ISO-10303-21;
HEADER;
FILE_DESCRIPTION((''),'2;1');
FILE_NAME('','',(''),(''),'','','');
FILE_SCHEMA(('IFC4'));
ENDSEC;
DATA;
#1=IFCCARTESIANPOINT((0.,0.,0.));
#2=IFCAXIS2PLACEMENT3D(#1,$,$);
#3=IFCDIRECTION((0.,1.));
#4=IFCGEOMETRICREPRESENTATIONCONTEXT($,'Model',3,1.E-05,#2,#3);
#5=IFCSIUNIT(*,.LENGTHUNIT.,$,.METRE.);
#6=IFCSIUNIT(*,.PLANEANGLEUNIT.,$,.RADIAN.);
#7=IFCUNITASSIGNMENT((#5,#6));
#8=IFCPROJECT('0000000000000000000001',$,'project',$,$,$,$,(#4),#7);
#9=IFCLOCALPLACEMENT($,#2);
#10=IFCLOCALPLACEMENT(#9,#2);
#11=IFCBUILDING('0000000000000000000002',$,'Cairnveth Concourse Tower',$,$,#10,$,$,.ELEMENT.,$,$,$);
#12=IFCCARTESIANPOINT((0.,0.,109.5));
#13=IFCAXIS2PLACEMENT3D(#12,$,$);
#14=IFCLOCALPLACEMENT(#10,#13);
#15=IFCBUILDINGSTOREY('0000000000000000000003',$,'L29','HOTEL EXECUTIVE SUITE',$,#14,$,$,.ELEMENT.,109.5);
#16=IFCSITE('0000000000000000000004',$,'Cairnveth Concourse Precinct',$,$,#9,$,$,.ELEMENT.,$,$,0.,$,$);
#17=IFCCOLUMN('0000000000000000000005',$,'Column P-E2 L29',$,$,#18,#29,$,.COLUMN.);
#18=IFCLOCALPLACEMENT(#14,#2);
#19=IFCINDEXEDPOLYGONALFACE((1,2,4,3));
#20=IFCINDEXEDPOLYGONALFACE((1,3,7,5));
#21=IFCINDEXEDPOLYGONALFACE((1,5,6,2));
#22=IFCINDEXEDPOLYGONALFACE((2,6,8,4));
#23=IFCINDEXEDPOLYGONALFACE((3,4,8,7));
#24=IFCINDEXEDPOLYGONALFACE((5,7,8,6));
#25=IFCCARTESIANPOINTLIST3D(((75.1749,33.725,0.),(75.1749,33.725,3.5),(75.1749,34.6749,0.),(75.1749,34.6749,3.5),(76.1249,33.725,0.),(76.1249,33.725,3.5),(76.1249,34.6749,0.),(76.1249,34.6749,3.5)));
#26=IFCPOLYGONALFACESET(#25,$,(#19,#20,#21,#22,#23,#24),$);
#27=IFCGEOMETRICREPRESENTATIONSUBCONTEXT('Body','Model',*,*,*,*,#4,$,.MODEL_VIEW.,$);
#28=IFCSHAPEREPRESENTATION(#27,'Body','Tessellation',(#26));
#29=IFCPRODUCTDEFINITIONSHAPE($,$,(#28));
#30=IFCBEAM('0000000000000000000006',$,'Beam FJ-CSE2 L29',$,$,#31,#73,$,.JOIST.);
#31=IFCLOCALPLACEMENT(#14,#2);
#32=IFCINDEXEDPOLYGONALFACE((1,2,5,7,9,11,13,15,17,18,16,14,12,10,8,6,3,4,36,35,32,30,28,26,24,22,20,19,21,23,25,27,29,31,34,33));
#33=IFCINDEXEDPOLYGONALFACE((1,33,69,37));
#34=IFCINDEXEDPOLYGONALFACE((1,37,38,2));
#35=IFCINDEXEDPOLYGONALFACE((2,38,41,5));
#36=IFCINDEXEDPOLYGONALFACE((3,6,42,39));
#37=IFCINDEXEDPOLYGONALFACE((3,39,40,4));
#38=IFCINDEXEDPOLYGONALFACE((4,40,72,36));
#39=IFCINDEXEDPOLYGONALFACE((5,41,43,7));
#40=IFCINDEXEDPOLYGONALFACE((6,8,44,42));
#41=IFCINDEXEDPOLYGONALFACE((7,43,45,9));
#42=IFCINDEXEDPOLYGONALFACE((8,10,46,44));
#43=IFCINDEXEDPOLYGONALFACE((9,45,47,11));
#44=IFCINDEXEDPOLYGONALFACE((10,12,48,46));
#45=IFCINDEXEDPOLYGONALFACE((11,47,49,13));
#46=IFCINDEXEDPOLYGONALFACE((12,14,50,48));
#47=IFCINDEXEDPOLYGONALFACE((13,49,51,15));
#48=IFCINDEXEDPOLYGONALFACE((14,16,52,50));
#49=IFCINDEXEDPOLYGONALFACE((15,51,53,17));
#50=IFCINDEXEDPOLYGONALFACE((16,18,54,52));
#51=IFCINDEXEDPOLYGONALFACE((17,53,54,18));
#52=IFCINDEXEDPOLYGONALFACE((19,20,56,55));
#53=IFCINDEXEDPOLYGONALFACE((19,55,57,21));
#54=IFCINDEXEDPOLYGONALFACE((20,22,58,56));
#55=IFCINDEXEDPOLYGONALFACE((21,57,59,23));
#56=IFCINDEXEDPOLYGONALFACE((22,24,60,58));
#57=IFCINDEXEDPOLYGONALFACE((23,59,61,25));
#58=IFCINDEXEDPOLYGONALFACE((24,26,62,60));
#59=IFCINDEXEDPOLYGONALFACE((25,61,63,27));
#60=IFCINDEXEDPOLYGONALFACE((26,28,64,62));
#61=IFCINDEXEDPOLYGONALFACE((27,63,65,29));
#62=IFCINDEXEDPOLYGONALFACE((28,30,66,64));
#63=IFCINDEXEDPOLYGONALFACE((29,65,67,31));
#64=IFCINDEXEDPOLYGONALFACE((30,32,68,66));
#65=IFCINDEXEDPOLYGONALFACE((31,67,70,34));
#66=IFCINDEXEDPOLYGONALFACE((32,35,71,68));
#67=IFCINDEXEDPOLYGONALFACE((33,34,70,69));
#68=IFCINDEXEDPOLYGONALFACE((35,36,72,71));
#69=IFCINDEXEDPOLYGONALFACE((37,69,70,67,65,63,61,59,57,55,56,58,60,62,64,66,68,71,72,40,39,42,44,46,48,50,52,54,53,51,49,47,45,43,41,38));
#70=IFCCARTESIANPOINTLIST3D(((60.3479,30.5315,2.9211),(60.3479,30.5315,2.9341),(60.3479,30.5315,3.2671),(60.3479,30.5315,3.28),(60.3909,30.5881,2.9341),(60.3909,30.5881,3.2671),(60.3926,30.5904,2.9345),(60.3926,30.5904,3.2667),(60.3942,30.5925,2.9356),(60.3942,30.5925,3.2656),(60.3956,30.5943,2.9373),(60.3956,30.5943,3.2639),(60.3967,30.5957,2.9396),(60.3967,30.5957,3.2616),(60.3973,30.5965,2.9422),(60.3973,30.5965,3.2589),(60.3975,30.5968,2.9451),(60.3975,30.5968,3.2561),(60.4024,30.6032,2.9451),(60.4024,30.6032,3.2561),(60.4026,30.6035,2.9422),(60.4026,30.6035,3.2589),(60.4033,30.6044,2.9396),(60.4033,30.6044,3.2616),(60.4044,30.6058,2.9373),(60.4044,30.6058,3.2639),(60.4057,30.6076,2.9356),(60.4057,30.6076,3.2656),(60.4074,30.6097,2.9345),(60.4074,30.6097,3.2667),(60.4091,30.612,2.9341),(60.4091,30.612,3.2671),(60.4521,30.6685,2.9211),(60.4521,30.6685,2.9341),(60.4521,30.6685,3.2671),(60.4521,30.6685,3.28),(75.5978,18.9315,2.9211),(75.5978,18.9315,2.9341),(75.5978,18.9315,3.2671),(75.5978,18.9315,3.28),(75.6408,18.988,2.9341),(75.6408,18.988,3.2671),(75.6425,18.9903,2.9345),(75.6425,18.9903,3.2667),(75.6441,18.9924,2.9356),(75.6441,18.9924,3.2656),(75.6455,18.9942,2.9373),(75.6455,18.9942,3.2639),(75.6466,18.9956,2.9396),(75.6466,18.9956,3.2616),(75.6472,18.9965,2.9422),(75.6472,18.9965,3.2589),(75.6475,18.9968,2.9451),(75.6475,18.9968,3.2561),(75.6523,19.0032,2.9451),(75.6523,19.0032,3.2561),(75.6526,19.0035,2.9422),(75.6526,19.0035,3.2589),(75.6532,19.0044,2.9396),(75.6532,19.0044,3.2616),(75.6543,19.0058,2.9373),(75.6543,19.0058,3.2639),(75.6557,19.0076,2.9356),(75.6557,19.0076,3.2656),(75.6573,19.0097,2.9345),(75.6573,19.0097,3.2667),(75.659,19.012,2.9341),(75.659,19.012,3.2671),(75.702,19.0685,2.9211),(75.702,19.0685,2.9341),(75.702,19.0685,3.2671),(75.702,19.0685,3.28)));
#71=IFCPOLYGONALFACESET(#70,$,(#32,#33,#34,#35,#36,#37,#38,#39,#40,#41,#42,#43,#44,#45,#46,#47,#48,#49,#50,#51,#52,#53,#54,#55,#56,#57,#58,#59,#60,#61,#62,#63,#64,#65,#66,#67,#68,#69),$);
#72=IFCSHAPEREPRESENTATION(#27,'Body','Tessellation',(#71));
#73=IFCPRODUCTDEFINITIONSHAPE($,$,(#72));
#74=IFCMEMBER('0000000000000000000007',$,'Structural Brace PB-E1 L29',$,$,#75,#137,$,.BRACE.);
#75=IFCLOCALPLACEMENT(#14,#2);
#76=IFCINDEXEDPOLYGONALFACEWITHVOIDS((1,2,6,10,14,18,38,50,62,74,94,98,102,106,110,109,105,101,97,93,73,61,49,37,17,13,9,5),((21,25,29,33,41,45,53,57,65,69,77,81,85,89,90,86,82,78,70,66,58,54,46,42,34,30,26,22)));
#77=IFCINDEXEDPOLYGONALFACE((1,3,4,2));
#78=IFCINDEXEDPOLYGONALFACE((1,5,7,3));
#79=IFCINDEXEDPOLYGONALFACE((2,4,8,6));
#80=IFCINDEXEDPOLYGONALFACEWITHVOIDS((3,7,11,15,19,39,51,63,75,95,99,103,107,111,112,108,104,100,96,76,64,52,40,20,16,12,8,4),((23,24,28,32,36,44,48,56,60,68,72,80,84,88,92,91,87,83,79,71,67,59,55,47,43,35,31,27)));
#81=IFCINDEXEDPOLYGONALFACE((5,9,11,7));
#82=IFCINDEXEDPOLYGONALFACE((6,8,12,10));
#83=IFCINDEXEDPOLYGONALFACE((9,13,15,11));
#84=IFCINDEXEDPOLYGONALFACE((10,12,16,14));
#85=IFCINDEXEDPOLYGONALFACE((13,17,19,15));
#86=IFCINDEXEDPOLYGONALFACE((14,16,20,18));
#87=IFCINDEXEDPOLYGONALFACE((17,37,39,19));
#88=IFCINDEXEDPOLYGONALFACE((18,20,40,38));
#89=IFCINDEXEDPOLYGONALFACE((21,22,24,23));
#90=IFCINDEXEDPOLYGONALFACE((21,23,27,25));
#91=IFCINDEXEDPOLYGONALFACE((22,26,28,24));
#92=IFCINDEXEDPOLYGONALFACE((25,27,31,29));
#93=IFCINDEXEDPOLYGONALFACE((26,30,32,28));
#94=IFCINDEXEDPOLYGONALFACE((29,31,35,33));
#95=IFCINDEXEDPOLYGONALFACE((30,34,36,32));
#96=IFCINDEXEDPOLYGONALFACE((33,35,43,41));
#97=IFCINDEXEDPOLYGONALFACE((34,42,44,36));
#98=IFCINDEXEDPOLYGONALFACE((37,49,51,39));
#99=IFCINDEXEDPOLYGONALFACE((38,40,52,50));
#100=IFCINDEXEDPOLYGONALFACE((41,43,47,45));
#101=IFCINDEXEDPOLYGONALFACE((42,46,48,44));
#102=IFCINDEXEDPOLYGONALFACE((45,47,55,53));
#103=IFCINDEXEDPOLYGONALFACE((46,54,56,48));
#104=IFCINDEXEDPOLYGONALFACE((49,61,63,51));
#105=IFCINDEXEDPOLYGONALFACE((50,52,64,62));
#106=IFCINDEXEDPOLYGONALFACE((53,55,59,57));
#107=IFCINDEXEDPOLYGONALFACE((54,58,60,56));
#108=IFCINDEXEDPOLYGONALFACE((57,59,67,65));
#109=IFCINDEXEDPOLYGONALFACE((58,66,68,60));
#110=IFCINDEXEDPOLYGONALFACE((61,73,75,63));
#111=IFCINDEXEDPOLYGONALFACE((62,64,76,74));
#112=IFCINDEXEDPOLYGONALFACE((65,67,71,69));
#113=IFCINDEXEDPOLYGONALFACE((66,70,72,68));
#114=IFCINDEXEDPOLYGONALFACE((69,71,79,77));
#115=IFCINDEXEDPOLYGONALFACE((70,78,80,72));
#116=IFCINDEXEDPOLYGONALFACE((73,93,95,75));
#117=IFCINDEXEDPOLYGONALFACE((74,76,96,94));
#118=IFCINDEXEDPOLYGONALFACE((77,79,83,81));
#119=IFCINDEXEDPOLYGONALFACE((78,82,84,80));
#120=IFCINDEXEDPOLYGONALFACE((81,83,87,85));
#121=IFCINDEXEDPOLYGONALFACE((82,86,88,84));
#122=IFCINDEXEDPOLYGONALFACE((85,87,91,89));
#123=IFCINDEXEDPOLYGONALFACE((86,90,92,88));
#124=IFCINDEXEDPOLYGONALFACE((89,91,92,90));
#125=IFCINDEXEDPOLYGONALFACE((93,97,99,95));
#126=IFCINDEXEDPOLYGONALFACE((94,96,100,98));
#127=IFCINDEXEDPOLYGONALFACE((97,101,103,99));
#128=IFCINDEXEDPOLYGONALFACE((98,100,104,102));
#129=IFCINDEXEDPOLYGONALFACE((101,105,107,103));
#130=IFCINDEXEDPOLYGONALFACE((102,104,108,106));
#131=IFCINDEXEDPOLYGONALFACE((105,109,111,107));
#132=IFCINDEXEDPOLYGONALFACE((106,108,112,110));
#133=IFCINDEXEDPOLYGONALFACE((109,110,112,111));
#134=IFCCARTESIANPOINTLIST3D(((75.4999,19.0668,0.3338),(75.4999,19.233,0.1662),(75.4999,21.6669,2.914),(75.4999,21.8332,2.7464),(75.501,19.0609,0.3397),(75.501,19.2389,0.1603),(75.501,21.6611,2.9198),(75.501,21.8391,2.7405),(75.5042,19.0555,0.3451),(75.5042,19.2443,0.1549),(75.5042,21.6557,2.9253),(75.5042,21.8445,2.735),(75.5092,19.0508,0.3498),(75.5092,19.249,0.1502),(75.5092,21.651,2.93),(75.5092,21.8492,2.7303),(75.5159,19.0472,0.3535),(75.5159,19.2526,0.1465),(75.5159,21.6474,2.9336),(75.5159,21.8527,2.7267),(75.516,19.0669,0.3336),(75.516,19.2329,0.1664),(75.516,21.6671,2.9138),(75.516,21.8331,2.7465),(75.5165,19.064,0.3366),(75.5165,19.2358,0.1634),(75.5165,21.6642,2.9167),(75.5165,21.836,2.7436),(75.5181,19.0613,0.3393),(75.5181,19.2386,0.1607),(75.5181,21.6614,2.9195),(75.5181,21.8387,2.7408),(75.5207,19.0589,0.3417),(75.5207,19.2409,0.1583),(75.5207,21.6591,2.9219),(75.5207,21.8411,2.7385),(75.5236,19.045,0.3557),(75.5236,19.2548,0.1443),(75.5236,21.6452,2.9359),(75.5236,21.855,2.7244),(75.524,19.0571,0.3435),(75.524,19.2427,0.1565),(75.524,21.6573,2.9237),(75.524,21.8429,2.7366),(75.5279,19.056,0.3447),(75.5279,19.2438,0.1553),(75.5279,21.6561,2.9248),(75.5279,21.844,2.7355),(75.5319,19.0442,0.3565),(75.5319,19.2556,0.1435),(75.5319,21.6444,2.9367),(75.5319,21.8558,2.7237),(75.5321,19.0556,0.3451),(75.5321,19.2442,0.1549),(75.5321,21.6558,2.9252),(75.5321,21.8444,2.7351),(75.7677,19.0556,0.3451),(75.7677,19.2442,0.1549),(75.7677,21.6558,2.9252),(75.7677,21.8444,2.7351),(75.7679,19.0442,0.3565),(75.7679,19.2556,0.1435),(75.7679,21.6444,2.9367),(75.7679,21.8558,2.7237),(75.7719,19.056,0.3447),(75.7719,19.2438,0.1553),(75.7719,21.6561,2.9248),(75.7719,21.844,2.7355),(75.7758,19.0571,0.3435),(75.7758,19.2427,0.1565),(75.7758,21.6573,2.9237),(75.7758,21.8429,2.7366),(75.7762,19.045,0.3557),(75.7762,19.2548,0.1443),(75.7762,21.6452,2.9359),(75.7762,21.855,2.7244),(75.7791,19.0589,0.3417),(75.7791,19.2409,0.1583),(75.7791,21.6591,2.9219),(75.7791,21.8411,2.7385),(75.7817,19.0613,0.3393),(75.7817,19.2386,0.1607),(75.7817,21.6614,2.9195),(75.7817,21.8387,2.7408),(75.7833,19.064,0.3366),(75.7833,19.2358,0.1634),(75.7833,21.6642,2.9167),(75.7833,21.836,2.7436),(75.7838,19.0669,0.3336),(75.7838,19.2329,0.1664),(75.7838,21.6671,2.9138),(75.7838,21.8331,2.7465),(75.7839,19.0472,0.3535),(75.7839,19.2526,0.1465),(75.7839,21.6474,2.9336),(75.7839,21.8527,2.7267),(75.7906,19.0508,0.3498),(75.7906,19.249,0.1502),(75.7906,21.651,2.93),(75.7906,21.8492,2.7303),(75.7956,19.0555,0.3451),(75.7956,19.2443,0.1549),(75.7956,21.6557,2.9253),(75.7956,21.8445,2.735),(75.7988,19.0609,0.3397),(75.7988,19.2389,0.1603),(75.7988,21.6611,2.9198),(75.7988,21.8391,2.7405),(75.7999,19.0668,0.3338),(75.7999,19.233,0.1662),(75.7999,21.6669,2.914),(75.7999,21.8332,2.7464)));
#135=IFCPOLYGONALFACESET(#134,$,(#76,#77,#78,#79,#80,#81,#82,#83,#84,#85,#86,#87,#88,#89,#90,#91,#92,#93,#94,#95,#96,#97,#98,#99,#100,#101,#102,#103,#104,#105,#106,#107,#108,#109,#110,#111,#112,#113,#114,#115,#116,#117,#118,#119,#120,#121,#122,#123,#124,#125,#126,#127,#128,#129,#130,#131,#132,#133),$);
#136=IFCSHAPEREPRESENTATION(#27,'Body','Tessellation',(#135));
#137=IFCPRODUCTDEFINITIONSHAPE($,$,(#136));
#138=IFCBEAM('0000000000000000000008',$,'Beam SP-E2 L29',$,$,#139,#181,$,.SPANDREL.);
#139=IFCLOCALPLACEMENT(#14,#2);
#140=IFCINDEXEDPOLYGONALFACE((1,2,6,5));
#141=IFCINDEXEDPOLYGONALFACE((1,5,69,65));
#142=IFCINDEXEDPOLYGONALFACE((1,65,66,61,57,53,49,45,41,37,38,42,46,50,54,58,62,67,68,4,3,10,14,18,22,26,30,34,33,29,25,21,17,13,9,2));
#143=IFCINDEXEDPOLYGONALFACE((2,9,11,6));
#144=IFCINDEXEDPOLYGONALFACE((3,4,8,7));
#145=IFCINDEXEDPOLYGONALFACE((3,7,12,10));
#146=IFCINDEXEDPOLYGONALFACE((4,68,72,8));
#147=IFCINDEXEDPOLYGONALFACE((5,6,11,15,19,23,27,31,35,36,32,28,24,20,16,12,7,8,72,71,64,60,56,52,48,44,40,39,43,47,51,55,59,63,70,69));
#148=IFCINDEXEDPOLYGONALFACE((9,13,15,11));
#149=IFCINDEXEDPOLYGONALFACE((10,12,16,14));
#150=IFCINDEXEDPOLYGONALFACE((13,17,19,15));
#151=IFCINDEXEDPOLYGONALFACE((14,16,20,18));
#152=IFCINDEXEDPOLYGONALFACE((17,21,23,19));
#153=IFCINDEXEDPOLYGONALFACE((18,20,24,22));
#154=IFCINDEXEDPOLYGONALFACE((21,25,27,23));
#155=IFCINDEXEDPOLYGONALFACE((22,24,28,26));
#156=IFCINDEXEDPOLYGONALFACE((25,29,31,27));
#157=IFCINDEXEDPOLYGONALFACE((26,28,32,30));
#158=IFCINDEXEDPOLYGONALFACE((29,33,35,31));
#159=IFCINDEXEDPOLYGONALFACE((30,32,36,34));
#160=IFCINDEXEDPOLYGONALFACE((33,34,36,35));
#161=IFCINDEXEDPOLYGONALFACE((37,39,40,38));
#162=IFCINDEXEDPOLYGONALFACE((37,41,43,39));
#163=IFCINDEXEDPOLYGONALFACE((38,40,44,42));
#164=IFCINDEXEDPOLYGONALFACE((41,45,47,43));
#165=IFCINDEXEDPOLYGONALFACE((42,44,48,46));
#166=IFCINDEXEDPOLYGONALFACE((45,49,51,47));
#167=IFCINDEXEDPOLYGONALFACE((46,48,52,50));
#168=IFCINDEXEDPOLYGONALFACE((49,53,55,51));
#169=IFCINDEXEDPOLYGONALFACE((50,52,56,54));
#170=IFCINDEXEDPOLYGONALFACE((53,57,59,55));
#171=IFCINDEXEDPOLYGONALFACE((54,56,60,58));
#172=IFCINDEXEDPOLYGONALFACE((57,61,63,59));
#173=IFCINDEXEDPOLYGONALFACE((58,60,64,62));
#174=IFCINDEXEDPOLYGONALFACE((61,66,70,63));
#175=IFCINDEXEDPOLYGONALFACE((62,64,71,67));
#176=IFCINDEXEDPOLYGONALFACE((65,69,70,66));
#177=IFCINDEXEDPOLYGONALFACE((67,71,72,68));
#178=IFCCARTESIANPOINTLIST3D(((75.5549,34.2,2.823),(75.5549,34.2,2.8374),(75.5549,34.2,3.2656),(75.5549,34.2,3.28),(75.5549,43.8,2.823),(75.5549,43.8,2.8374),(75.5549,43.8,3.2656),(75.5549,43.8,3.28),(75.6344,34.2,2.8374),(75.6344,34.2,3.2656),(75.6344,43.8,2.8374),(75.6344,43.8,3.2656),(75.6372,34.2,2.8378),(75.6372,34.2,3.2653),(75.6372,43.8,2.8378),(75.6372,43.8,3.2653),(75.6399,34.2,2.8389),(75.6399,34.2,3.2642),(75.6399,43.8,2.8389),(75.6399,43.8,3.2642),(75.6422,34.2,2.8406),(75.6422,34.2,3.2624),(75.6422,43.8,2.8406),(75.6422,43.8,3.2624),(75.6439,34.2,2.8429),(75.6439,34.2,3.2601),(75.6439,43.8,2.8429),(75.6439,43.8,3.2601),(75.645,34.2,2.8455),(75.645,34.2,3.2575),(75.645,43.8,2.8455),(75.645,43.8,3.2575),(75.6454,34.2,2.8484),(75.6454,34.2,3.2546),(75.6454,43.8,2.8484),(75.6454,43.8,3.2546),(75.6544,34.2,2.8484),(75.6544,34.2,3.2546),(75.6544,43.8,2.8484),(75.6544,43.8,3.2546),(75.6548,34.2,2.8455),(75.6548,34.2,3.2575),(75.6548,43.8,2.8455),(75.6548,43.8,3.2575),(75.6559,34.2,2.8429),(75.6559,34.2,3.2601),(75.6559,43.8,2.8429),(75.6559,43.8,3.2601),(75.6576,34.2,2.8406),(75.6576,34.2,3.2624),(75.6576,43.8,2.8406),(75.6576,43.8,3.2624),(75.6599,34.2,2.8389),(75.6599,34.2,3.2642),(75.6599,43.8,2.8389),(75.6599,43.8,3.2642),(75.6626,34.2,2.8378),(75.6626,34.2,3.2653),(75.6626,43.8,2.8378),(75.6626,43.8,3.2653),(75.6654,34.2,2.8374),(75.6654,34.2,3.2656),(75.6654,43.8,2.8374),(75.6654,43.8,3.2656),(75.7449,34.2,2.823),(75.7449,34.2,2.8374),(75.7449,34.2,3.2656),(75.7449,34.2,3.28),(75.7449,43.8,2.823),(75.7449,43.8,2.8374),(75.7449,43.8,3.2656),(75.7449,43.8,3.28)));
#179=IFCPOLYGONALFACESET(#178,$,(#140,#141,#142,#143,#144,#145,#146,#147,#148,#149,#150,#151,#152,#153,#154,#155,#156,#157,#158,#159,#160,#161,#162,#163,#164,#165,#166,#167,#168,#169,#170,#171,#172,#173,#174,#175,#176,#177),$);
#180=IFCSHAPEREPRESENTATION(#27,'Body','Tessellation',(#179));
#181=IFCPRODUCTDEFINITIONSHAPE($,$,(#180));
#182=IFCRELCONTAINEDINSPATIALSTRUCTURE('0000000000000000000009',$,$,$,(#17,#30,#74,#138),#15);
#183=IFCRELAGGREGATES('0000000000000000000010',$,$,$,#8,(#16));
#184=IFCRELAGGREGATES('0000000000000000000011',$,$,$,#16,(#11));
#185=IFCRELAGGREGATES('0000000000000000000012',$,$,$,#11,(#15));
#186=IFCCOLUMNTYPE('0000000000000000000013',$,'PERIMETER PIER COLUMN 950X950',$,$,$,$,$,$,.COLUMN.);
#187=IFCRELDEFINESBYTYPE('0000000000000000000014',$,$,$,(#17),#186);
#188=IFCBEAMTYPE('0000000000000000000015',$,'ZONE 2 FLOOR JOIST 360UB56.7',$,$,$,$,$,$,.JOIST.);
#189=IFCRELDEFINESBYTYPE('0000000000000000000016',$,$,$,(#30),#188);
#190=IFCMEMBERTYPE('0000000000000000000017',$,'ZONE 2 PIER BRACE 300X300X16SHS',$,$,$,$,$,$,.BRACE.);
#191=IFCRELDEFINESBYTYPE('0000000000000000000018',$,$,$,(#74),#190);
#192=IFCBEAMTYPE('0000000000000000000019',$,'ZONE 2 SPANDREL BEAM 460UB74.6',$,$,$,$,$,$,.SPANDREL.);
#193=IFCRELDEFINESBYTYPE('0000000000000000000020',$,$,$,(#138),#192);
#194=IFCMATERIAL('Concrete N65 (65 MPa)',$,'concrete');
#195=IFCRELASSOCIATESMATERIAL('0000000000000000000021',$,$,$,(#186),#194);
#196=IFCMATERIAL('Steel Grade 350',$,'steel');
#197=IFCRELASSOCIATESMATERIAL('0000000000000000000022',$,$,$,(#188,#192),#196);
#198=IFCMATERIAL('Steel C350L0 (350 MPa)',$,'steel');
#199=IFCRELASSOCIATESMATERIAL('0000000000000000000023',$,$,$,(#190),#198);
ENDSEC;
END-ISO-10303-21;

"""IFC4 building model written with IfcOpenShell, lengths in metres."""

from ifc_helpers import new_model, si_unit, direction, frame, origin, origin_2d, place, context, subcontext, project, spatial, rectangle, hollow_rectangle, i_section, extrude, material, material_profile, profile_set, type_object, element, save


model = new_model("IFC4")

# Units and contexts
model_context = context("Model", 3, precision=1e-05, world=origin(), true_north=direction((0.0, 1.0)))
body_context = subcontext(model_context, "Body", "Model", "MODEL_VIEW")
ifc_project = project(units=[si_unit("LENGTHUNIT", "METRE"), si_unit("PLANEANGLEUNIT", "RADIAN")], contexts=[model_context])

# Site, building, storey
site_placement = place(None, origin())
site = spatial("IfcSite", under=ifc_project, at=site_placement, Name="Cairnveth Concourse Precinct", CompositionType="ELEMENT", RefElevation=0.0)
building_placement = place(site_placement, origin())
building = spatial("IfcBuilding", under=site, at=building_placement, Name="Cairnveth Concourse Tower", CompositionType="ELEMENT")
storey_placement = place(building_placement, frame((0.0, 0.0, 109.5)))
storey = spatial("IfcBuildingStorey", under=building, at=storey_placement, Name="L29", Description="HOTEL EXECUTIVE SUITE", CompositionType="ELEMENT", Elevation=109.5)

# Column
ifc_material_1 = material(Name="Concrete N65 (65 MPa)", Category="concrete")
ifc_material_profile_1 = material_profile(ifc_material_1, rectangle(XDim=0.95, YDim=0.95, at=origin_2d()), Name="RC-COL-950x950")
ifc_profile_set_1 = profile_set([ifc_material_profile_1], Name="Concrete N65 (65 MPa)")
column_type = type_object("IfcColumnType", Name="PERIMETER PIER COLUMN 950X950", PredefinedType="COLUMN", material=ifc_profile_set_1)
column_placement = place(storey_placement, frame((75.6499, 34.2, 0.0), z_axis=(0.0, 0.0, 1.0), x_axis=(0.0, 1.0, 0.0)))
element("IfcColumn", 1, at=column_placement, inside=storey, type_object=column_type, Name="Column P-E2 L29", PredefinedType="COLUMN", context=body_context, shape_type="SweptSolid", body=[
    extrude(rectangle(XDim=0.95, YDim=0.95, at=origin_2d()), origin(), (0.0, 0.0, 1.0), 3.5),
])

# Beam
ifc_material_2 = material(Name="Steel Grade 350", Category="steel")
ifc_material_profile_2 = material_profile(ifc_material_2, i_section(OverallWidth=0.1721, OverallDepth=0.3589, WebThickness=0.0081, FlangeThickness=0.0129, FilletRadius=0.011, at=origin_2d()), Name="360UB56.7")
ifc_profile_set_2 = profile_set([ifc_material_profile_2], Name="Steel Grade 350")
beam_type_1 = type_object("IfcBeamType", Name="ZONE 2 FLOOR JOIST 360UB56.7", PredefinedType="JOIST", material=ifc_profile_set_2)
beam_1_placement = place(storey_placement, frame((75.6499, 19.0, 3.1006), z_axis=(-0.795908, 0.605417, 0.0), x_axis=(-0.605417, -0.795908, 0.0)))
element("IfcBeam", 2, at=beam_1_placement, inside=storey, type_object=beam_type_1, Name="Beam FJ-CSE2 L29", PredefinedType="JOIST", context=body_context, shape_type="SweptSolid", body=[
    extrude(i_section(OverallWidth=0.1721, OverallDepth=0.3589, WebThickness=0.0081, FlangeThickness=0.0129, FilletRadius=0.011, at=origin_2d()), origin(), (0.0, 0.0, 1.0), 19.1604),
])

# Member
ifc_material_3 = material(Name="Steel C350L0 (350 MPa)", Category="steel")
ifc_material_profile_3 = material_profile(ifc_material_3, hollow_rectangle(XDim=0.3, YDim=0.3, WallThickness=0.0161, InnerFilletRadius=0.0161, OuterFilletRadius=0.032, at=origin_2d()), Name="300x300x16.0SHS")
ifc_profile_set_3 = profile_set([ifc_material_profile_3], Name="Steel C350L0 (350 MPa)")
member_type = type_object("IfcMemberType", Name="ZONE 2 PIER BRACE 300X300X16SHS", PredefinedType="BRACE", material=ifc_profile_set_3)
member_placement = place(storey_placement, frame((75.6499, 19.1499, 0.25), z_axis=(0.0, 0.709834, 0.704369), x_axis=(-1.0, 0.0, 0.0)))
element("IfcMember", 3, at=member_placement, inside=storey, type_object=member_type, Name="Structural Brace PB-E1 L29", PredefinedType="BRACE", context=body_context, shape_type="SweptSolid", body=[
    extrude(hollow_rectangle(XDim=0.3, YDim=0.3, WallThickness=0.0161, InnerFilletRadius=0.0161, OuterFilletRadius=0.032, at=origin_2d()), origin(), (0.0, 0.0, 1.0), 3.6631),
])

# Beam
ifc_material_profile_4 = material_profile(ifc_material_2, i_section(OverallWidth=0.1899, OverallDepth=0.457, WebThickness=0.009, FlangeThickness=0.0144, FilletRadius=0.011, at=origin_2d()), Name="460UB74.6")
ifc_profile_set_4 = profile_set([ifc_material_profile_4], Name="Steel Grade 350")
beam_type_2 = type_object("IfcBeamType", Name="ZONE 2 SPANDREL BEAM 460UB74.6", PredefinedType="SPANDREL", material=ifc_profile_set_4)
beam_2_placement = place(storey_placement, frame((75.6499, 34.2, 3.0515), z_axis=(0.0, 1.0, 0.0), x_axis=(-1.0, 0.0, 0.0)))
element("IfcBeam", 4, at=beam_2_placement, inside=storey, type_object=beam_type_2, Name="Beam SP-E2 L29", PredefinedType="SPANDREL", context=body_context, shape_type="SweptSolid", body=[
    extrude(i_section(OverallWidth=0.1899, OverallDepth=0.457, WebThickness=0.009, FlangeThickness=0.0144, FilletRadius=0.011, at=origin_2d()), origin(), (0.0, 0.0, 1.0), 9.6001),
])

save(model, "model.ifc")
